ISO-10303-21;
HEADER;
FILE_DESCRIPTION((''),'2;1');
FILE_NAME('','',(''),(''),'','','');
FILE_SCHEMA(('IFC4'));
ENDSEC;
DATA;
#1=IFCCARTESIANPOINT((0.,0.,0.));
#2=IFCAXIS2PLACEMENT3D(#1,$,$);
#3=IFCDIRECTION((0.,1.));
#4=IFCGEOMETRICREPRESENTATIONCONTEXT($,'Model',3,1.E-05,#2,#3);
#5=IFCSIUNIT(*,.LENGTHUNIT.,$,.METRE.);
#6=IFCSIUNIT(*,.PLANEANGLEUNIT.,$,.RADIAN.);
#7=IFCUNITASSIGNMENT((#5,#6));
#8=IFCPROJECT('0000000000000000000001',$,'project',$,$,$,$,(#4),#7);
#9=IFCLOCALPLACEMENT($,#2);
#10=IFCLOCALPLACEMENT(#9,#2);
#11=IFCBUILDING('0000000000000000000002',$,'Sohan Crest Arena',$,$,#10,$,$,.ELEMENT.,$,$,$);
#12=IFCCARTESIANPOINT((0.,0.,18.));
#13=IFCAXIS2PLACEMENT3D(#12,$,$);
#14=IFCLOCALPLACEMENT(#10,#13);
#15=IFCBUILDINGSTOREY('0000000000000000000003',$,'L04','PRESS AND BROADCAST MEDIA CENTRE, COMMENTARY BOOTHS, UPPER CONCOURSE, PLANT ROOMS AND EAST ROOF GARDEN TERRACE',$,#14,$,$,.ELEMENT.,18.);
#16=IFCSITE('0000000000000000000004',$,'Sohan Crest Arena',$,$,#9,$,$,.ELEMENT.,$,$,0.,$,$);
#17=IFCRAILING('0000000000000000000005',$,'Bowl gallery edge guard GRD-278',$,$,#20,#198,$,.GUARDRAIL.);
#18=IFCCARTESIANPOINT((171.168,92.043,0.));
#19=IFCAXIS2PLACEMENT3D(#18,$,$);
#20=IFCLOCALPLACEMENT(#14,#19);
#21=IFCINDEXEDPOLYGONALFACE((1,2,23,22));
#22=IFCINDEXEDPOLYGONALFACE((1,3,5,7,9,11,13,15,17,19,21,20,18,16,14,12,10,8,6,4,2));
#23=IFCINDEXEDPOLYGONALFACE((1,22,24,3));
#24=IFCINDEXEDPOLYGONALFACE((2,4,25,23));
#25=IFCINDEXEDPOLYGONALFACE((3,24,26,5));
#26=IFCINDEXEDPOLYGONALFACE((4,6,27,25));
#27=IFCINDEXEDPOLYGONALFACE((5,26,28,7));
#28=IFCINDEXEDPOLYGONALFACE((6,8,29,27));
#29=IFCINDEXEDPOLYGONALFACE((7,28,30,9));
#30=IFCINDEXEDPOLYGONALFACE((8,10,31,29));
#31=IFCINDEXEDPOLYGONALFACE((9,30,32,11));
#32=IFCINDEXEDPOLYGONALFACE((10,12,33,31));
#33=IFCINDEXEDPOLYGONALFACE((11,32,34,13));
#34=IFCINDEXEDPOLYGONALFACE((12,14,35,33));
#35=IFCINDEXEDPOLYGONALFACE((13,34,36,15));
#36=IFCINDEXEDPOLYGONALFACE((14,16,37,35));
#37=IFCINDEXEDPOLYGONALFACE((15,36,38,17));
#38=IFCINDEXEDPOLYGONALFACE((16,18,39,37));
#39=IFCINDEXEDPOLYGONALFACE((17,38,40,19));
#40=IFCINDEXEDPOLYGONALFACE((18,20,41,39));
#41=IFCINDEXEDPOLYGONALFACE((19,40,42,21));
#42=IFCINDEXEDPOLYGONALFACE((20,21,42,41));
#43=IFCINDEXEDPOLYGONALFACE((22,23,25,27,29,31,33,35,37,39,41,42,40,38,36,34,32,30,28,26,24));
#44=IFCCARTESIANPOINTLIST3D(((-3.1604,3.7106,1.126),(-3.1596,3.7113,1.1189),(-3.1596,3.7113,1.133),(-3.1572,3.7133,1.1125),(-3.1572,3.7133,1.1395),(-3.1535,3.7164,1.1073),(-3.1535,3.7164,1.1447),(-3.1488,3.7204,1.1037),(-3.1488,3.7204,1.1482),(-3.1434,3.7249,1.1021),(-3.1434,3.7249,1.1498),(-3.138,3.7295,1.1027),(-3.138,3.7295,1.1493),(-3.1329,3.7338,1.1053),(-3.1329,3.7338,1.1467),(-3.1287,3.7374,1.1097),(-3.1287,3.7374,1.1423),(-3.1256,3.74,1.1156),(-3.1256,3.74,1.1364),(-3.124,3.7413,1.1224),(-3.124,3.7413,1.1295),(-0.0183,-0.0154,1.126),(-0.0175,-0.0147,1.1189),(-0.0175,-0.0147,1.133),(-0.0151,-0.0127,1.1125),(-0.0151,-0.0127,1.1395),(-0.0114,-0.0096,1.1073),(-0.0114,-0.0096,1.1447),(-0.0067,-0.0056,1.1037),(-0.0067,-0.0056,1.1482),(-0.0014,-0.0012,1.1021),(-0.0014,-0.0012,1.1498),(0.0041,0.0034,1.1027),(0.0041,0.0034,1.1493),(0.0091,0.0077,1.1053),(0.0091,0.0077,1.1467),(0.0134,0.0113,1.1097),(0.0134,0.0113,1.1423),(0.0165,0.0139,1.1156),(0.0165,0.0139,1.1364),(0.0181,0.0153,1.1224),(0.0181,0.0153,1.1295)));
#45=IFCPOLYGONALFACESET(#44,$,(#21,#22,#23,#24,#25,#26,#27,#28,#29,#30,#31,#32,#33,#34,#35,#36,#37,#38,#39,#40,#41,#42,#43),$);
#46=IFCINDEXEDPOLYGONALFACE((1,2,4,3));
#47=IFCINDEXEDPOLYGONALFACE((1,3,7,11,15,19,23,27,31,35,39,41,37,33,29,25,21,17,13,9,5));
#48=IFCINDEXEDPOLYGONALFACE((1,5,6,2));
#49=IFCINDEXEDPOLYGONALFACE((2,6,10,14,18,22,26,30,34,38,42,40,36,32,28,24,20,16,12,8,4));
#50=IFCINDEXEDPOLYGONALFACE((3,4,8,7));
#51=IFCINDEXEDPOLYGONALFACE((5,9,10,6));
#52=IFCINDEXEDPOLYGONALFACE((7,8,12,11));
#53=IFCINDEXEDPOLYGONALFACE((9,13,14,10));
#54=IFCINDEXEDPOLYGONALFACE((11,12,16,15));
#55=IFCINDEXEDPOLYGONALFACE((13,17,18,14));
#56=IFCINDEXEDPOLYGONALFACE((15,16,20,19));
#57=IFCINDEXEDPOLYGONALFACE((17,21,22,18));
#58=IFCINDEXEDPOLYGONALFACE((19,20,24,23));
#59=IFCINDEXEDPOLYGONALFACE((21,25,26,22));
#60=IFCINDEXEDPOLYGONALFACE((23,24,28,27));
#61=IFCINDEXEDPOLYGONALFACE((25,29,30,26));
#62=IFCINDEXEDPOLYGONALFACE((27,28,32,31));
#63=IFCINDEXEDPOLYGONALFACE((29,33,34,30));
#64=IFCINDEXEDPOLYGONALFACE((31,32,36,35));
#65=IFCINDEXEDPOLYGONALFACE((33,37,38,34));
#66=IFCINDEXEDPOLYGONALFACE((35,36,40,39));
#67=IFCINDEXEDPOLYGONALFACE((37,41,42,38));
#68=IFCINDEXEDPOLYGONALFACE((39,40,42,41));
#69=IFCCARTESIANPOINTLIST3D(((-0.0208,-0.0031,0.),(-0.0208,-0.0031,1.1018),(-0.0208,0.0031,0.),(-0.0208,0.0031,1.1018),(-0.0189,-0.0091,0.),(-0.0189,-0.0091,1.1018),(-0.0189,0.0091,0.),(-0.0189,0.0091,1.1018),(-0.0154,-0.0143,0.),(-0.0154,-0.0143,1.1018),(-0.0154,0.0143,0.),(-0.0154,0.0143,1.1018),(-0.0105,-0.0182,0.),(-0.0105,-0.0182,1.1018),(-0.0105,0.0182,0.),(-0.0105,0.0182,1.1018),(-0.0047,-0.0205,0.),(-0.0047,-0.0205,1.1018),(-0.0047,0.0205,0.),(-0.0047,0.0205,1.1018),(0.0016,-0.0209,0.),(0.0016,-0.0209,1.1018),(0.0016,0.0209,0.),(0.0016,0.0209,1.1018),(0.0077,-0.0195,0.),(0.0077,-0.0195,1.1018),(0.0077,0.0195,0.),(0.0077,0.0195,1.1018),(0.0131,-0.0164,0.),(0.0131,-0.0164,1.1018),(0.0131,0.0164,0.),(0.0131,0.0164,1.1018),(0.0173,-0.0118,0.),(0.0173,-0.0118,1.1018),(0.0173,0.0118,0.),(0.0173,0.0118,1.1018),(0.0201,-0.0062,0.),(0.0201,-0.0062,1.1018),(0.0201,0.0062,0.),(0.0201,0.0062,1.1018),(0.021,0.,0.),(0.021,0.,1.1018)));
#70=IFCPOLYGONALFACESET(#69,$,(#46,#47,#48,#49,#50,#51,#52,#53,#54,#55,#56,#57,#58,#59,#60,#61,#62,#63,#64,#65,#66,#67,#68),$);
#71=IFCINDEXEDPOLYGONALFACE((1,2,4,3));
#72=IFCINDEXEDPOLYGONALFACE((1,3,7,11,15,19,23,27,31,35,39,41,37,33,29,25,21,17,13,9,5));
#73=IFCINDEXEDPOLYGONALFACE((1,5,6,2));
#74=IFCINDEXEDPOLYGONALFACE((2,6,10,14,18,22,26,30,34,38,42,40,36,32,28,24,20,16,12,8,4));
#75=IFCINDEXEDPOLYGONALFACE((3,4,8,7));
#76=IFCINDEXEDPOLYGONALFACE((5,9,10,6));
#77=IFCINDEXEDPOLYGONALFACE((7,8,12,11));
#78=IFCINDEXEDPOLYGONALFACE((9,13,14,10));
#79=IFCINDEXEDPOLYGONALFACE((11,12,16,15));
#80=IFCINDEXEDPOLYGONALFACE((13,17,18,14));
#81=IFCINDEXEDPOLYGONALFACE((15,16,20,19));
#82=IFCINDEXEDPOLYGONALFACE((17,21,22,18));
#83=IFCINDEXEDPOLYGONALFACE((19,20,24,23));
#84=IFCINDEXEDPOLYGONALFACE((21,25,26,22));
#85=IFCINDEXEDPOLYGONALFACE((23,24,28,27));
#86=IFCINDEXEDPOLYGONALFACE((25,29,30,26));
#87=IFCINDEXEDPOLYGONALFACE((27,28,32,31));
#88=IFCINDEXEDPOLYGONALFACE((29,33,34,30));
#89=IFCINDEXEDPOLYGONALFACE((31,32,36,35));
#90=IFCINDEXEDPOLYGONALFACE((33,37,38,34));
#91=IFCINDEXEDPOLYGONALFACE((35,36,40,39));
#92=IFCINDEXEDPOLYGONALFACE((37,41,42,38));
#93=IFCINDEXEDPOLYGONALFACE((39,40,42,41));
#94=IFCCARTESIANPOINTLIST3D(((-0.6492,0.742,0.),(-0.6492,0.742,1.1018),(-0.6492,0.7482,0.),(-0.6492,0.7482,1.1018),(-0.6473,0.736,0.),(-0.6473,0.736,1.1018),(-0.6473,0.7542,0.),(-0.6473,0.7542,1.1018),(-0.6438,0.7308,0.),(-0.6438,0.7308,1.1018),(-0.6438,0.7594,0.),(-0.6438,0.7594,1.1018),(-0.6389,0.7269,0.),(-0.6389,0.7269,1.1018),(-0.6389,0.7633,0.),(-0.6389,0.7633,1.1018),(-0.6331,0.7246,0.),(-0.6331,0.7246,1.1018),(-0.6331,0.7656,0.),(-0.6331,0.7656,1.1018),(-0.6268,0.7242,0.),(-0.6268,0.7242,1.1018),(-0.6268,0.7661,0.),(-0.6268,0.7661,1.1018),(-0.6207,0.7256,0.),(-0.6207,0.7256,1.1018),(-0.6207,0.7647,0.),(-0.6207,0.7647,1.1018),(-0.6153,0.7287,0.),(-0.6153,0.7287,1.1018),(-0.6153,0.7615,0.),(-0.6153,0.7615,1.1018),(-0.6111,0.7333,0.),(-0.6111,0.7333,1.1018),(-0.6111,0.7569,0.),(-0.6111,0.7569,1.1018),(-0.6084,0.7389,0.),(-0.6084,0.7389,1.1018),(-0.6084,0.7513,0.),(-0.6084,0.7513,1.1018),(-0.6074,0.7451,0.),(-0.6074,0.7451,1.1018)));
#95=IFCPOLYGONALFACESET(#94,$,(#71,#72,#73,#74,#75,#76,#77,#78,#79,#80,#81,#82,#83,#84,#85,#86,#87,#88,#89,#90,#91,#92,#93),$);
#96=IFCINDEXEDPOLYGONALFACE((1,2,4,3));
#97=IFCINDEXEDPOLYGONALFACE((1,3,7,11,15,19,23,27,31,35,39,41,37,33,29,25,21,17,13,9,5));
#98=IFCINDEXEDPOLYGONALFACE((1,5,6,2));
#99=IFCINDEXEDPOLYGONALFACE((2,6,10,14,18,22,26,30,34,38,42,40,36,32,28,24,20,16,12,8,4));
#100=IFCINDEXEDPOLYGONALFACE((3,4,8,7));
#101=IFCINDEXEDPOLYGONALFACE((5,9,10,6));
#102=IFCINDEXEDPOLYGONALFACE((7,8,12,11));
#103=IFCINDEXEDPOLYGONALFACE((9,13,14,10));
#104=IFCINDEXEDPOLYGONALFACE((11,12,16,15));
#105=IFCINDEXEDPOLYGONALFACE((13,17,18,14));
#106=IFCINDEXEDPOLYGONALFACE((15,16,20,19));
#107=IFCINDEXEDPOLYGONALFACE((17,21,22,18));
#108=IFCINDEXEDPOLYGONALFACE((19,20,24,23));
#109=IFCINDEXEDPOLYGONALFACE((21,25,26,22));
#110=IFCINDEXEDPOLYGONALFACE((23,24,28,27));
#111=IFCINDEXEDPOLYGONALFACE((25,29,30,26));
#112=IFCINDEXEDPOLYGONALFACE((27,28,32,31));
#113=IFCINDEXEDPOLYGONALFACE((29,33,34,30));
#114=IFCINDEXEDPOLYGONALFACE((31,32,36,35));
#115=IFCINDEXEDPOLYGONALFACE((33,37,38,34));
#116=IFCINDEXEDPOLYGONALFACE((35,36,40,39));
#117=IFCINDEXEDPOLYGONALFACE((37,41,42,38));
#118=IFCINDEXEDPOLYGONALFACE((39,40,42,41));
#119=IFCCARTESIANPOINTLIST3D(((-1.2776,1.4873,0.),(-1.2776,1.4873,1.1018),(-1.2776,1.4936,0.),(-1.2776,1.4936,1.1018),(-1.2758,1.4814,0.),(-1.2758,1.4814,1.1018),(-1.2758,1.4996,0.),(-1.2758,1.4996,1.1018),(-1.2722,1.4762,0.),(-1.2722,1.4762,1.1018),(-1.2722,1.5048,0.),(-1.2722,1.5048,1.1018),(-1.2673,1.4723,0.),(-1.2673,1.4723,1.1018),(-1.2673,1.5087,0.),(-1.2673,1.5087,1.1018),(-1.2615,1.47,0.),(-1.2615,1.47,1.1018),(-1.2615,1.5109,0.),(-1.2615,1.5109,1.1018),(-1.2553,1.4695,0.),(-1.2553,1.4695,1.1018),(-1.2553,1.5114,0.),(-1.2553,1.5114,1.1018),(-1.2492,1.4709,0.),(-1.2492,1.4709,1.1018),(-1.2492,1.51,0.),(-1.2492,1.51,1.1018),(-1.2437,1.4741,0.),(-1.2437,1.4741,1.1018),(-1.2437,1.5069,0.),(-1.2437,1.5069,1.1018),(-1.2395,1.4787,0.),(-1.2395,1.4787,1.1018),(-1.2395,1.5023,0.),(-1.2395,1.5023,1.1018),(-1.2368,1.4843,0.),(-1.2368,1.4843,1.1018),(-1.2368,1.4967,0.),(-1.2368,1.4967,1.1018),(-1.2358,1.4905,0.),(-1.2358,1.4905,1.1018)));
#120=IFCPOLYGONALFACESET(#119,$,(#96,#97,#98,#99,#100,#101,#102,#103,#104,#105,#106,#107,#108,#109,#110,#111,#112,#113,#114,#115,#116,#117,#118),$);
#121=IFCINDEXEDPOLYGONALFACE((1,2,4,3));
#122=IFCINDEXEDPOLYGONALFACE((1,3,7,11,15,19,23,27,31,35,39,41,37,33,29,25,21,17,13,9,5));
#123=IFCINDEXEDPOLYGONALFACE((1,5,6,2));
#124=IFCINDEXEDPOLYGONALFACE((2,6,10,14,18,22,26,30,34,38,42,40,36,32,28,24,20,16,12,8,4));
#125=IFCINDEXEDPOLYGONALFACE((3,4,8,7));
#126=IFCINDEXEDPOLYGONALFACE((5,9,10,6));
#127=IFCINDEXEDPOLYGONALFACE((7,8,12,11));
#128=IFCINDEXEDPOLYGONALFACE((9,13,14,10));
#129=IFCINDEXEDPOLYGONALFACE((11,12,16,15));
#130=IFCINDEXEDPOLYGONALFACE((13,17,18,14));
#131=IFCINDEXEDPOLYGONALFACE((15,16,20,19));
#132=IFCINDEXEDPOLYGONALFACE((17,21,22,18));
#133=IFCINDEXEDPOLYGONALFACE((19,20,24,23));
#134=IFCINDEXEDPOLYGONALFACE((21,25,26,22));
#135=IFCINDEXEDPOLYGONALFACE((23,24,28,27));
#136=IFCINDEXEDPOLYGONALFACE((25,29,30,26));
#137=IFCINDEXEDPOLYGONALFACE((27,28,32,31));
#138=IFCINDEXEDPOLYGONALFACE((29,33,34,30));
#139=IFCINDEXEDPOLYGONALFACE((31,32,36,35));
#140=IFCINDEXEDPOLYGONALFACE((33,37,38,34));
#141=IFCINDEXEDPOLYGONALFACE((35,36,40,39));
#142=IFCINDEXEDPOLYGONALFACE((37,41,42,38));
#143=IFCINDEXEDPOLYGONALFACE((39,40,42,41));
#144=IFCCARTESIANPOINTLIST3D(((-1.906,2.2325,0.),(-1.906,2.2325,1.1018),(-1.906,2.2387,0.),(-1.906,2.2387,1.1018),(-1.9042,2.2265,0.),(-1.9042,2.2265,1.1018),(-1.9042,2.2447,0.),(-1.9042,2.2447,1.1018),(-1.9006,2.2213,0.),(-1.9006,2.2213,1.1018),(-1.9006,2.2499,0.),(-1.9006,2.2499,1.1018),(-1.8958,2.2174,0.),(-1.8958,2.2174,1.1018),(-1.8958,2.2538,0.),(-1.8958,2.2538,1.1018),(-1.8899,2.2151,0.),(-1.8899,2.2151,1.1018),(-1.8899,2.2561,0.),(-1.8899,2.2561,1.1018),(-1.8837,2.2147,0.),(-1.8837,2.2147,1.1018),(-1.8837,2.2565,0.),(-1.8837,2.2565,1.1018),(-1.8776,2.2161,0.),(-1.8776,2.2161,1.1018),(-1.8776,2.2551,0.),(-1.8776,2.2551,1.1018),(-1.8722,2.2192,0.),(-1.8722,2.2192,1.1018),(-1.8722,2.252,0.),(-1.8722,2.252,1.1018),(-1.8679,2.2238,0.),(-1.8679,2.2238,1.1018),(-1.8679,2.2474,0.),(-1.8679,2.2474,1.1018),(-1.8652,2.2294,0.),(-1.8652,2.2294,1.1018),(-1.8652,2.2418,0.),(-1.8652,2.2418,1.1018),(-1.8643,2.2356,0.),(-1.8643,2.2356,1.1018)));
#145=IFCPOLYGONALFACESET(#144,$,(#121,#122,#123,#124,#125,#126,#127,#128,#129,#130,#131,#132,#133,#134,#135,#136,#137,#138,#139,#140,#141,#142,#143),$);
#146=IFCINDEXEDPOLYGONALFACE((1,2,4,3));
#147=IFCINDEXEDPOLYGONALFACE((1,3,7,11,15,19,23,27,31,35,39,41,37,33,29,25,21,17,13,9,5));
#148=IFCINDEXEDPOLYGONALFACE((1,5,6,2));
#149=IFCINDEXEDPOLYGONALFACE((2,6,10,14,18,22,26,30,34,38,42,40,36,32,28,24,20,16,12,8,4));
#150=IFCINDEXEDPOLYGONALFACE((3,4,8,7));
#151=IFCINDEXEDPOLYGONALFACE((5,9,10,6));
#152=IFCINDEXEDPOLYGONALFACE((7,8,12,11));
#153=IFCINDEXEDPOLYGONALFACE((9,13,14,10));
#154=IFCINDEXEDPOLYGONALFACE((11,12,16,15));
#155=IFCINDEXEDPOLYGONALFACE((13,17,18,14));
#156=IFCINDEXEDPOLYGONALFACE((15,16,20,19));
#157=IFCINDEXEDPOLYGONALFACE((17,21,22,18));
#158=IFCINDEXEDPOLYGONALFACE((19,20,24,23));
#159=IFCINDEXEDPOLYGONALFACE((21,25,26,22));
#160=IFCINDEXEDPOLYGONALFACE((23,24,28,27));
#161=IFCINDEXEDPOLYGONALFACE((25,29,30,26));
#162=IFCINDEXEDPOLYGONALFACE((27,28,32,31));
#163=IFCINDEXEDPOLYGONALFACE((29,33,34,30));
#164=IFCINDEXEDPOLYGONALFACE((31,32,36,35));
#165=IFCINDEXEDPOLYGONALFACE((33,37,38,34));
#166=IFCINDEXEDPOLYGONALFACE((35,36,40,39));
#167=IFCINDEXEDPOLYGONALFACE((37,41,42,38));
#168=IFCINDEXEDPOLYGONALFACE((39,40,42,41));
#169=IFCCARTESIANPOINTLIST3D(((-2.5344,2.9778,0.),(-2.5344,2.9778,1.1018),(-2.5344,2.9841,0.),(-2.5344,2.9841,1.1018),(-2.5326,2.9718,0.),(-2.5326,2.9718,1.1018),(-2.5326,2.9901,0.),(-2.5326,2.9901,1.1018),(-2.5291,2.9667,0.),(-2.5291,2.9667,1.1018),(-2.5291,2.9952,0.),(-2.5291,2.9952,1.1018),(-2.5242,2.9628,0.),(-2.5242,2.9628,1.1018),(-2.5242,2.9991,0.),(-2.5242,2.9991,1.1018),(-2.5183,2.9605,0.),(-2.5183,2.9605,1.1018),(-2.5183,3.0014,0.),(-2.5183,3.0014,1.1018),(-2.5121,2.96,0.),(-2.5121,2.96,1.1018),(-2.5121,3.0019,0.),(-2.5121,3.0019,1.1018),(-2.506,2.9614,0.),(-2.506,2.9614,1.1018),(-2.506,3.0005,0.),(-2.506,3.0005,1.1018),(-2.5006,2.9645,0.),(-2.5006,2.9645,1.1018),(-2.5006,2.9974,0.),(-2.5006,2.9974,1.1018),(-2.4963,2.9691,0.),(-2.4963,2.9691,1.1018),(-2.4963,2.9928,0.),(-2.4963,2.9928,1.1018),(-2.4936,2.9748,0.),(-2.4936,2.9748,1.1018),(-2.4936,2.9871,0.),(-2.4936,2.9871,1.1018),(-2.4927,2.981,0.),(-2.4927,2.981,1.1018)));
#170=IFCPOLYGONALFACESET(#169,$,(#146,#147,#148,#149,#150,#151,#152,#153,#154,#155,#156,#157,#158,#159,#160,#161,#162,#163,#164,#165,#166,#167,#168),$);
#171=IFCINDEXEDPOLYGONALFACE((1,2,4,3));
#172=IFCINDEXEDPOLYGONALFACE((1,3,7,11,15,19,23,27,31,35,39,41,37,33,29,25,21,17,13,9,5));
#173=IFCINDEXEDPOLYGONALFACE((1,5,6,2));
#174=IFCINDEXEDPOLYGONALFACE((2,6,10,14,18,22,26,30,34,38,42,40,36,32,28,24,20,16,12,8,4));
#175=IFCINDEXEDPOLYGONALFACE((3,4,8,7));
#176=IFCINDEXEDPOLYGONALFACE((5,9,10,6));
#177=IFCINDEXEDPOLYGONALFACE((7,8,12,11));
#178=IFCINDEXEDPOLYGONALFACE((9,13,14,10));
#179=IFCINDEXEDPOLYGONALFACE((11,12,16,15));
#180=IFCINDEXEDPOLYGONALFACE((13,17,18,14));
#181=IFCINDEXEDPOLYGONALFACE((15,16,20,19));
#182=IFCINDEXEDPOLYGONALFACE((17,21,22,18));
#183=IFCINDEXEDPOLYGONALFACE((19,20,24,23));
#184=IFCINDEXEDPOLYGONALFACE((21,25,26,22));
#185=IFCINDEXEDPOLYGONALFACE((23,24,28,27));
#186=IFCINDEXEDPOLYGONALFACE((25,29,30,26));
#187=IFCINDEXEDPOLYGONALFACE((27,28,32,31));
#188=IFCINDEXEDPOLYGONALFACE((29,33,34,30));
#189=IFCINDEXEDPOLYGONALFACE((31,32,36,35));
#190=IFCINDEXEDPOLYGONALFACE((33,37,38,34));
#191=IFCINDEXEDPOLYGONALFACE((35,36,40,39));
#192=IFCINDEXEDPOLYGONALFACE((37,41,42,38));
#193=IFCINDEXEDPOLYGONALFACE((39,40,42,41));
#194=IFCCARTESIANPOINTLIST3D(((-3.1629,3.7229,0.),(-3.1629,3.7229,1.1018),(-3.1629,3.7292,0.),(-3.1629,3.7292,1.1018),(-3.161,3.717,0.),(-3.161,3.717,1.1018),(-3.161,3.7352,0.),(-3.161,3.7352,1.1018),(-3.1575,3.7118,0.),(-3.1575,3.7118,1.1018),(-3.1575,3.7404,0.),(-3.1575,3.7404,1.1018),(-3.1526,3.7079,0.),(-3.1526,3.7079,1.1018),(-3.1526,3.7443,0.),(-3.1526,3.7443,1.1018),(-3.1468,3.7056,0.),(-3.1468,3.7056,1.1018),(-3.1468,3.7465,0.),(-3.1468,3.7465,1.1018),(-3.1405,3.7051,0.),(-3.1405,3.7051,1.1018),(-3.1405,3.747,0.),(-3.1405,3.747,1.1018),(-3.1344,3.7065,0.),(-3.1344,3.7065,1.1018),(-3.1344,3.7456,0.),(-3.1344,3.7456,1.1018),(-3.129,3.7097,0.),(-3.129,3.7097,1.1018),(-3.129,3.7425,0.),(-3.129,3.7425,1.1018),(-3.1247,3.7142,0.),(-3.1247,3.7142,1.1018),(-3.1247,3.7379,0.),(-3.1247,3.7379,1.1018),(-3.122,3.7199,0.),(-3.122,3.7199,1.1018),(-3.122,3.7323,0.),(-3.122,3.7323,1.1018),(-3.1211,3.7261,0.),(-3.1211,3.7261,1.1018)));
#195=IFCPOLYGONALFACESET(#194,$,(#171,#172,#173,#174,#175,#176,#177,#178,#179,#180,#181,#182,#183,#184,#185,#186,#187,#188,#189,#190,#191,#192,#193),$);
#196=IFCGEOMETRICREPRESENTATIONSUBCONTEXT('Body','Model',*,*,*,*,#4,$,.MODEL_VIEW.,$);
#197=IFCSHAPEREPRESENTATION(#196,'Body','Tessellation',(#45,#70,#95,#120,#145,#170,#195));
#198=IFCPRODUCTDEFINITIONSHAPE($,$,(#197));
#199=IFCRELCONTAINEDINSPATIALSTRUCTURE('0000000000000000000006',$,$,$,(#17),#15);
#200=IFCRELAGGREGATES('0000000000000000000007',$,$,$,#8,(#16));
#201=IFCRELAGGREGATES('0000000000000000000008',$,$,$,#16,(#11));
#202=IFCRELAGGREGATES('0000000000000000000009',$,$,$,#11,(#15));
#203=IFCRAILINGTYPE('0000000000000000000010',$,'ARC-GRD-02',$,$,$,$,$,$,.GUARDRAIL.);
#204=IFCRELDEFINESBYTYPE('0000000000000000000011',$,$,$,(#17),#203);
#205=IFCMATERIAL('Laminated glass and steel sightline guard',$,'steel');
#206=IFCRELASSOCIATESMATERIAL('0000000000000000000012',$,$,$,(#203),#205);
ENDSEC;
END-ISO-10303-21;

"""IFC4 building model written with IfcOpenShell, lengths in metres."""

from ifc_helpers import new_model, si_unit, direction, frame, origin, origin_2d, place, context, subcontext, project, spatial, circle, extrude, material, type_object, element, save


model = new_model("IFC4")

# Units and contexts
model_context = context("Model", 3, precision=1e-05, world=origin(), true_north=direction((0.0, 1.0)))
body_context = subcontext(model_context, "Body", "Model", "MODEL_VIEW")
ifc_project = project(units=[si_unit("LENGTHUNIT", "METRE"), si_unit("PLANEANGLEUNIT", "RADIAN")], contexts=[model_context])

# Site, building, storey
site_placement = place(None, origin())
site = spatial("IfcSite", under=ifc_project, at=site_placement, Name="Sohan Crest Arena", CompositionType="ELEMENT", RefElevation=0.0)
building_placement = place(site_placement, origin())
building = spatial("IfcBuilding", under=site, at=building_placement, Name="Sohan Crest Arena", CompositionType="ELEMENT")
storey_placement = place(building_placement, frame((0.0, 0.0, 18.0)))
storey = spatial("IfcBuildingStorey", under=building, at=storey_placement, Name="L04", Description="PRESS AND BROADCAST MEDIA CENTRE, COMMENTARY BOOTHS, UPPER CONCOURSE, PLANT ROOMS AND EAST ROOF GARDEN TERRACE", CompositionType="ELEMENT", Elevation=18.0)

# Railing
ifc_material_1 = material(Name="Laminated glass and steel sightline guard", Category="steel")
railing_type = type_object("IfcRailingType", Name="ARC-GRD-02", PredefinedType="GUARDRAIL", material=ifc_material_1)
railing_1_placement = place(storey_placement, frame((171.168, 92.043, 0.0)))
element("IfcRailing", 1, at=railing_1_placement, inside=storey, type_object=railing_type, Name="Bowl gallery edge guard GRD-278", PredefinedType="GUARDRAIL", context=body_context, shape_type="SweptSolid", body=[
    extrude(circle(Radius=0.0239, at=origin_2d()), frame((0.0, 0.0, 1.126), z_axis=(-0.644657, 0.764472, 0.0), x_axis=(-0.764472, -0.644657, 0.0)), (0.0, 0.0, 1.0), 4.874),
    extrude(circle(Radius=0.021, at=origin_2d()), origin(), (0.0, 0.0, 1.0), 1.1018),
    extrude(circle(Radius=0.021, at=origin_2d()), frame((-0.6284, 0.7451, 0.0)), (0.0, 0.0, 1.0), 1.1018),
    extrude(circle(Radius=0.021, at=origin_2d()), frame((-1.2568, 1.4905, 0.0)), (0.0, 0.0, 1.0), 1.1018),
    extrude(circle(Radius=0.021, at=origin_2d()), frame((-1.8853, 2.2356, 0.0)), (0.0, 0.0, 1.0), 1.1018),
    extrude(circle(Radius=0.021, at=origin_2d()), frame((-2.5137, 2.981, 0.0)), (0.0, 0.0, 1.0), 1.1018),
    extrude(circle(Radius=0.021, at=origin_2d()), frame((-3.1421, 3.7261, 0.0)), (0.0, 0.0, 1.0), 1.1018),
])

save(model, "model.ifc")
